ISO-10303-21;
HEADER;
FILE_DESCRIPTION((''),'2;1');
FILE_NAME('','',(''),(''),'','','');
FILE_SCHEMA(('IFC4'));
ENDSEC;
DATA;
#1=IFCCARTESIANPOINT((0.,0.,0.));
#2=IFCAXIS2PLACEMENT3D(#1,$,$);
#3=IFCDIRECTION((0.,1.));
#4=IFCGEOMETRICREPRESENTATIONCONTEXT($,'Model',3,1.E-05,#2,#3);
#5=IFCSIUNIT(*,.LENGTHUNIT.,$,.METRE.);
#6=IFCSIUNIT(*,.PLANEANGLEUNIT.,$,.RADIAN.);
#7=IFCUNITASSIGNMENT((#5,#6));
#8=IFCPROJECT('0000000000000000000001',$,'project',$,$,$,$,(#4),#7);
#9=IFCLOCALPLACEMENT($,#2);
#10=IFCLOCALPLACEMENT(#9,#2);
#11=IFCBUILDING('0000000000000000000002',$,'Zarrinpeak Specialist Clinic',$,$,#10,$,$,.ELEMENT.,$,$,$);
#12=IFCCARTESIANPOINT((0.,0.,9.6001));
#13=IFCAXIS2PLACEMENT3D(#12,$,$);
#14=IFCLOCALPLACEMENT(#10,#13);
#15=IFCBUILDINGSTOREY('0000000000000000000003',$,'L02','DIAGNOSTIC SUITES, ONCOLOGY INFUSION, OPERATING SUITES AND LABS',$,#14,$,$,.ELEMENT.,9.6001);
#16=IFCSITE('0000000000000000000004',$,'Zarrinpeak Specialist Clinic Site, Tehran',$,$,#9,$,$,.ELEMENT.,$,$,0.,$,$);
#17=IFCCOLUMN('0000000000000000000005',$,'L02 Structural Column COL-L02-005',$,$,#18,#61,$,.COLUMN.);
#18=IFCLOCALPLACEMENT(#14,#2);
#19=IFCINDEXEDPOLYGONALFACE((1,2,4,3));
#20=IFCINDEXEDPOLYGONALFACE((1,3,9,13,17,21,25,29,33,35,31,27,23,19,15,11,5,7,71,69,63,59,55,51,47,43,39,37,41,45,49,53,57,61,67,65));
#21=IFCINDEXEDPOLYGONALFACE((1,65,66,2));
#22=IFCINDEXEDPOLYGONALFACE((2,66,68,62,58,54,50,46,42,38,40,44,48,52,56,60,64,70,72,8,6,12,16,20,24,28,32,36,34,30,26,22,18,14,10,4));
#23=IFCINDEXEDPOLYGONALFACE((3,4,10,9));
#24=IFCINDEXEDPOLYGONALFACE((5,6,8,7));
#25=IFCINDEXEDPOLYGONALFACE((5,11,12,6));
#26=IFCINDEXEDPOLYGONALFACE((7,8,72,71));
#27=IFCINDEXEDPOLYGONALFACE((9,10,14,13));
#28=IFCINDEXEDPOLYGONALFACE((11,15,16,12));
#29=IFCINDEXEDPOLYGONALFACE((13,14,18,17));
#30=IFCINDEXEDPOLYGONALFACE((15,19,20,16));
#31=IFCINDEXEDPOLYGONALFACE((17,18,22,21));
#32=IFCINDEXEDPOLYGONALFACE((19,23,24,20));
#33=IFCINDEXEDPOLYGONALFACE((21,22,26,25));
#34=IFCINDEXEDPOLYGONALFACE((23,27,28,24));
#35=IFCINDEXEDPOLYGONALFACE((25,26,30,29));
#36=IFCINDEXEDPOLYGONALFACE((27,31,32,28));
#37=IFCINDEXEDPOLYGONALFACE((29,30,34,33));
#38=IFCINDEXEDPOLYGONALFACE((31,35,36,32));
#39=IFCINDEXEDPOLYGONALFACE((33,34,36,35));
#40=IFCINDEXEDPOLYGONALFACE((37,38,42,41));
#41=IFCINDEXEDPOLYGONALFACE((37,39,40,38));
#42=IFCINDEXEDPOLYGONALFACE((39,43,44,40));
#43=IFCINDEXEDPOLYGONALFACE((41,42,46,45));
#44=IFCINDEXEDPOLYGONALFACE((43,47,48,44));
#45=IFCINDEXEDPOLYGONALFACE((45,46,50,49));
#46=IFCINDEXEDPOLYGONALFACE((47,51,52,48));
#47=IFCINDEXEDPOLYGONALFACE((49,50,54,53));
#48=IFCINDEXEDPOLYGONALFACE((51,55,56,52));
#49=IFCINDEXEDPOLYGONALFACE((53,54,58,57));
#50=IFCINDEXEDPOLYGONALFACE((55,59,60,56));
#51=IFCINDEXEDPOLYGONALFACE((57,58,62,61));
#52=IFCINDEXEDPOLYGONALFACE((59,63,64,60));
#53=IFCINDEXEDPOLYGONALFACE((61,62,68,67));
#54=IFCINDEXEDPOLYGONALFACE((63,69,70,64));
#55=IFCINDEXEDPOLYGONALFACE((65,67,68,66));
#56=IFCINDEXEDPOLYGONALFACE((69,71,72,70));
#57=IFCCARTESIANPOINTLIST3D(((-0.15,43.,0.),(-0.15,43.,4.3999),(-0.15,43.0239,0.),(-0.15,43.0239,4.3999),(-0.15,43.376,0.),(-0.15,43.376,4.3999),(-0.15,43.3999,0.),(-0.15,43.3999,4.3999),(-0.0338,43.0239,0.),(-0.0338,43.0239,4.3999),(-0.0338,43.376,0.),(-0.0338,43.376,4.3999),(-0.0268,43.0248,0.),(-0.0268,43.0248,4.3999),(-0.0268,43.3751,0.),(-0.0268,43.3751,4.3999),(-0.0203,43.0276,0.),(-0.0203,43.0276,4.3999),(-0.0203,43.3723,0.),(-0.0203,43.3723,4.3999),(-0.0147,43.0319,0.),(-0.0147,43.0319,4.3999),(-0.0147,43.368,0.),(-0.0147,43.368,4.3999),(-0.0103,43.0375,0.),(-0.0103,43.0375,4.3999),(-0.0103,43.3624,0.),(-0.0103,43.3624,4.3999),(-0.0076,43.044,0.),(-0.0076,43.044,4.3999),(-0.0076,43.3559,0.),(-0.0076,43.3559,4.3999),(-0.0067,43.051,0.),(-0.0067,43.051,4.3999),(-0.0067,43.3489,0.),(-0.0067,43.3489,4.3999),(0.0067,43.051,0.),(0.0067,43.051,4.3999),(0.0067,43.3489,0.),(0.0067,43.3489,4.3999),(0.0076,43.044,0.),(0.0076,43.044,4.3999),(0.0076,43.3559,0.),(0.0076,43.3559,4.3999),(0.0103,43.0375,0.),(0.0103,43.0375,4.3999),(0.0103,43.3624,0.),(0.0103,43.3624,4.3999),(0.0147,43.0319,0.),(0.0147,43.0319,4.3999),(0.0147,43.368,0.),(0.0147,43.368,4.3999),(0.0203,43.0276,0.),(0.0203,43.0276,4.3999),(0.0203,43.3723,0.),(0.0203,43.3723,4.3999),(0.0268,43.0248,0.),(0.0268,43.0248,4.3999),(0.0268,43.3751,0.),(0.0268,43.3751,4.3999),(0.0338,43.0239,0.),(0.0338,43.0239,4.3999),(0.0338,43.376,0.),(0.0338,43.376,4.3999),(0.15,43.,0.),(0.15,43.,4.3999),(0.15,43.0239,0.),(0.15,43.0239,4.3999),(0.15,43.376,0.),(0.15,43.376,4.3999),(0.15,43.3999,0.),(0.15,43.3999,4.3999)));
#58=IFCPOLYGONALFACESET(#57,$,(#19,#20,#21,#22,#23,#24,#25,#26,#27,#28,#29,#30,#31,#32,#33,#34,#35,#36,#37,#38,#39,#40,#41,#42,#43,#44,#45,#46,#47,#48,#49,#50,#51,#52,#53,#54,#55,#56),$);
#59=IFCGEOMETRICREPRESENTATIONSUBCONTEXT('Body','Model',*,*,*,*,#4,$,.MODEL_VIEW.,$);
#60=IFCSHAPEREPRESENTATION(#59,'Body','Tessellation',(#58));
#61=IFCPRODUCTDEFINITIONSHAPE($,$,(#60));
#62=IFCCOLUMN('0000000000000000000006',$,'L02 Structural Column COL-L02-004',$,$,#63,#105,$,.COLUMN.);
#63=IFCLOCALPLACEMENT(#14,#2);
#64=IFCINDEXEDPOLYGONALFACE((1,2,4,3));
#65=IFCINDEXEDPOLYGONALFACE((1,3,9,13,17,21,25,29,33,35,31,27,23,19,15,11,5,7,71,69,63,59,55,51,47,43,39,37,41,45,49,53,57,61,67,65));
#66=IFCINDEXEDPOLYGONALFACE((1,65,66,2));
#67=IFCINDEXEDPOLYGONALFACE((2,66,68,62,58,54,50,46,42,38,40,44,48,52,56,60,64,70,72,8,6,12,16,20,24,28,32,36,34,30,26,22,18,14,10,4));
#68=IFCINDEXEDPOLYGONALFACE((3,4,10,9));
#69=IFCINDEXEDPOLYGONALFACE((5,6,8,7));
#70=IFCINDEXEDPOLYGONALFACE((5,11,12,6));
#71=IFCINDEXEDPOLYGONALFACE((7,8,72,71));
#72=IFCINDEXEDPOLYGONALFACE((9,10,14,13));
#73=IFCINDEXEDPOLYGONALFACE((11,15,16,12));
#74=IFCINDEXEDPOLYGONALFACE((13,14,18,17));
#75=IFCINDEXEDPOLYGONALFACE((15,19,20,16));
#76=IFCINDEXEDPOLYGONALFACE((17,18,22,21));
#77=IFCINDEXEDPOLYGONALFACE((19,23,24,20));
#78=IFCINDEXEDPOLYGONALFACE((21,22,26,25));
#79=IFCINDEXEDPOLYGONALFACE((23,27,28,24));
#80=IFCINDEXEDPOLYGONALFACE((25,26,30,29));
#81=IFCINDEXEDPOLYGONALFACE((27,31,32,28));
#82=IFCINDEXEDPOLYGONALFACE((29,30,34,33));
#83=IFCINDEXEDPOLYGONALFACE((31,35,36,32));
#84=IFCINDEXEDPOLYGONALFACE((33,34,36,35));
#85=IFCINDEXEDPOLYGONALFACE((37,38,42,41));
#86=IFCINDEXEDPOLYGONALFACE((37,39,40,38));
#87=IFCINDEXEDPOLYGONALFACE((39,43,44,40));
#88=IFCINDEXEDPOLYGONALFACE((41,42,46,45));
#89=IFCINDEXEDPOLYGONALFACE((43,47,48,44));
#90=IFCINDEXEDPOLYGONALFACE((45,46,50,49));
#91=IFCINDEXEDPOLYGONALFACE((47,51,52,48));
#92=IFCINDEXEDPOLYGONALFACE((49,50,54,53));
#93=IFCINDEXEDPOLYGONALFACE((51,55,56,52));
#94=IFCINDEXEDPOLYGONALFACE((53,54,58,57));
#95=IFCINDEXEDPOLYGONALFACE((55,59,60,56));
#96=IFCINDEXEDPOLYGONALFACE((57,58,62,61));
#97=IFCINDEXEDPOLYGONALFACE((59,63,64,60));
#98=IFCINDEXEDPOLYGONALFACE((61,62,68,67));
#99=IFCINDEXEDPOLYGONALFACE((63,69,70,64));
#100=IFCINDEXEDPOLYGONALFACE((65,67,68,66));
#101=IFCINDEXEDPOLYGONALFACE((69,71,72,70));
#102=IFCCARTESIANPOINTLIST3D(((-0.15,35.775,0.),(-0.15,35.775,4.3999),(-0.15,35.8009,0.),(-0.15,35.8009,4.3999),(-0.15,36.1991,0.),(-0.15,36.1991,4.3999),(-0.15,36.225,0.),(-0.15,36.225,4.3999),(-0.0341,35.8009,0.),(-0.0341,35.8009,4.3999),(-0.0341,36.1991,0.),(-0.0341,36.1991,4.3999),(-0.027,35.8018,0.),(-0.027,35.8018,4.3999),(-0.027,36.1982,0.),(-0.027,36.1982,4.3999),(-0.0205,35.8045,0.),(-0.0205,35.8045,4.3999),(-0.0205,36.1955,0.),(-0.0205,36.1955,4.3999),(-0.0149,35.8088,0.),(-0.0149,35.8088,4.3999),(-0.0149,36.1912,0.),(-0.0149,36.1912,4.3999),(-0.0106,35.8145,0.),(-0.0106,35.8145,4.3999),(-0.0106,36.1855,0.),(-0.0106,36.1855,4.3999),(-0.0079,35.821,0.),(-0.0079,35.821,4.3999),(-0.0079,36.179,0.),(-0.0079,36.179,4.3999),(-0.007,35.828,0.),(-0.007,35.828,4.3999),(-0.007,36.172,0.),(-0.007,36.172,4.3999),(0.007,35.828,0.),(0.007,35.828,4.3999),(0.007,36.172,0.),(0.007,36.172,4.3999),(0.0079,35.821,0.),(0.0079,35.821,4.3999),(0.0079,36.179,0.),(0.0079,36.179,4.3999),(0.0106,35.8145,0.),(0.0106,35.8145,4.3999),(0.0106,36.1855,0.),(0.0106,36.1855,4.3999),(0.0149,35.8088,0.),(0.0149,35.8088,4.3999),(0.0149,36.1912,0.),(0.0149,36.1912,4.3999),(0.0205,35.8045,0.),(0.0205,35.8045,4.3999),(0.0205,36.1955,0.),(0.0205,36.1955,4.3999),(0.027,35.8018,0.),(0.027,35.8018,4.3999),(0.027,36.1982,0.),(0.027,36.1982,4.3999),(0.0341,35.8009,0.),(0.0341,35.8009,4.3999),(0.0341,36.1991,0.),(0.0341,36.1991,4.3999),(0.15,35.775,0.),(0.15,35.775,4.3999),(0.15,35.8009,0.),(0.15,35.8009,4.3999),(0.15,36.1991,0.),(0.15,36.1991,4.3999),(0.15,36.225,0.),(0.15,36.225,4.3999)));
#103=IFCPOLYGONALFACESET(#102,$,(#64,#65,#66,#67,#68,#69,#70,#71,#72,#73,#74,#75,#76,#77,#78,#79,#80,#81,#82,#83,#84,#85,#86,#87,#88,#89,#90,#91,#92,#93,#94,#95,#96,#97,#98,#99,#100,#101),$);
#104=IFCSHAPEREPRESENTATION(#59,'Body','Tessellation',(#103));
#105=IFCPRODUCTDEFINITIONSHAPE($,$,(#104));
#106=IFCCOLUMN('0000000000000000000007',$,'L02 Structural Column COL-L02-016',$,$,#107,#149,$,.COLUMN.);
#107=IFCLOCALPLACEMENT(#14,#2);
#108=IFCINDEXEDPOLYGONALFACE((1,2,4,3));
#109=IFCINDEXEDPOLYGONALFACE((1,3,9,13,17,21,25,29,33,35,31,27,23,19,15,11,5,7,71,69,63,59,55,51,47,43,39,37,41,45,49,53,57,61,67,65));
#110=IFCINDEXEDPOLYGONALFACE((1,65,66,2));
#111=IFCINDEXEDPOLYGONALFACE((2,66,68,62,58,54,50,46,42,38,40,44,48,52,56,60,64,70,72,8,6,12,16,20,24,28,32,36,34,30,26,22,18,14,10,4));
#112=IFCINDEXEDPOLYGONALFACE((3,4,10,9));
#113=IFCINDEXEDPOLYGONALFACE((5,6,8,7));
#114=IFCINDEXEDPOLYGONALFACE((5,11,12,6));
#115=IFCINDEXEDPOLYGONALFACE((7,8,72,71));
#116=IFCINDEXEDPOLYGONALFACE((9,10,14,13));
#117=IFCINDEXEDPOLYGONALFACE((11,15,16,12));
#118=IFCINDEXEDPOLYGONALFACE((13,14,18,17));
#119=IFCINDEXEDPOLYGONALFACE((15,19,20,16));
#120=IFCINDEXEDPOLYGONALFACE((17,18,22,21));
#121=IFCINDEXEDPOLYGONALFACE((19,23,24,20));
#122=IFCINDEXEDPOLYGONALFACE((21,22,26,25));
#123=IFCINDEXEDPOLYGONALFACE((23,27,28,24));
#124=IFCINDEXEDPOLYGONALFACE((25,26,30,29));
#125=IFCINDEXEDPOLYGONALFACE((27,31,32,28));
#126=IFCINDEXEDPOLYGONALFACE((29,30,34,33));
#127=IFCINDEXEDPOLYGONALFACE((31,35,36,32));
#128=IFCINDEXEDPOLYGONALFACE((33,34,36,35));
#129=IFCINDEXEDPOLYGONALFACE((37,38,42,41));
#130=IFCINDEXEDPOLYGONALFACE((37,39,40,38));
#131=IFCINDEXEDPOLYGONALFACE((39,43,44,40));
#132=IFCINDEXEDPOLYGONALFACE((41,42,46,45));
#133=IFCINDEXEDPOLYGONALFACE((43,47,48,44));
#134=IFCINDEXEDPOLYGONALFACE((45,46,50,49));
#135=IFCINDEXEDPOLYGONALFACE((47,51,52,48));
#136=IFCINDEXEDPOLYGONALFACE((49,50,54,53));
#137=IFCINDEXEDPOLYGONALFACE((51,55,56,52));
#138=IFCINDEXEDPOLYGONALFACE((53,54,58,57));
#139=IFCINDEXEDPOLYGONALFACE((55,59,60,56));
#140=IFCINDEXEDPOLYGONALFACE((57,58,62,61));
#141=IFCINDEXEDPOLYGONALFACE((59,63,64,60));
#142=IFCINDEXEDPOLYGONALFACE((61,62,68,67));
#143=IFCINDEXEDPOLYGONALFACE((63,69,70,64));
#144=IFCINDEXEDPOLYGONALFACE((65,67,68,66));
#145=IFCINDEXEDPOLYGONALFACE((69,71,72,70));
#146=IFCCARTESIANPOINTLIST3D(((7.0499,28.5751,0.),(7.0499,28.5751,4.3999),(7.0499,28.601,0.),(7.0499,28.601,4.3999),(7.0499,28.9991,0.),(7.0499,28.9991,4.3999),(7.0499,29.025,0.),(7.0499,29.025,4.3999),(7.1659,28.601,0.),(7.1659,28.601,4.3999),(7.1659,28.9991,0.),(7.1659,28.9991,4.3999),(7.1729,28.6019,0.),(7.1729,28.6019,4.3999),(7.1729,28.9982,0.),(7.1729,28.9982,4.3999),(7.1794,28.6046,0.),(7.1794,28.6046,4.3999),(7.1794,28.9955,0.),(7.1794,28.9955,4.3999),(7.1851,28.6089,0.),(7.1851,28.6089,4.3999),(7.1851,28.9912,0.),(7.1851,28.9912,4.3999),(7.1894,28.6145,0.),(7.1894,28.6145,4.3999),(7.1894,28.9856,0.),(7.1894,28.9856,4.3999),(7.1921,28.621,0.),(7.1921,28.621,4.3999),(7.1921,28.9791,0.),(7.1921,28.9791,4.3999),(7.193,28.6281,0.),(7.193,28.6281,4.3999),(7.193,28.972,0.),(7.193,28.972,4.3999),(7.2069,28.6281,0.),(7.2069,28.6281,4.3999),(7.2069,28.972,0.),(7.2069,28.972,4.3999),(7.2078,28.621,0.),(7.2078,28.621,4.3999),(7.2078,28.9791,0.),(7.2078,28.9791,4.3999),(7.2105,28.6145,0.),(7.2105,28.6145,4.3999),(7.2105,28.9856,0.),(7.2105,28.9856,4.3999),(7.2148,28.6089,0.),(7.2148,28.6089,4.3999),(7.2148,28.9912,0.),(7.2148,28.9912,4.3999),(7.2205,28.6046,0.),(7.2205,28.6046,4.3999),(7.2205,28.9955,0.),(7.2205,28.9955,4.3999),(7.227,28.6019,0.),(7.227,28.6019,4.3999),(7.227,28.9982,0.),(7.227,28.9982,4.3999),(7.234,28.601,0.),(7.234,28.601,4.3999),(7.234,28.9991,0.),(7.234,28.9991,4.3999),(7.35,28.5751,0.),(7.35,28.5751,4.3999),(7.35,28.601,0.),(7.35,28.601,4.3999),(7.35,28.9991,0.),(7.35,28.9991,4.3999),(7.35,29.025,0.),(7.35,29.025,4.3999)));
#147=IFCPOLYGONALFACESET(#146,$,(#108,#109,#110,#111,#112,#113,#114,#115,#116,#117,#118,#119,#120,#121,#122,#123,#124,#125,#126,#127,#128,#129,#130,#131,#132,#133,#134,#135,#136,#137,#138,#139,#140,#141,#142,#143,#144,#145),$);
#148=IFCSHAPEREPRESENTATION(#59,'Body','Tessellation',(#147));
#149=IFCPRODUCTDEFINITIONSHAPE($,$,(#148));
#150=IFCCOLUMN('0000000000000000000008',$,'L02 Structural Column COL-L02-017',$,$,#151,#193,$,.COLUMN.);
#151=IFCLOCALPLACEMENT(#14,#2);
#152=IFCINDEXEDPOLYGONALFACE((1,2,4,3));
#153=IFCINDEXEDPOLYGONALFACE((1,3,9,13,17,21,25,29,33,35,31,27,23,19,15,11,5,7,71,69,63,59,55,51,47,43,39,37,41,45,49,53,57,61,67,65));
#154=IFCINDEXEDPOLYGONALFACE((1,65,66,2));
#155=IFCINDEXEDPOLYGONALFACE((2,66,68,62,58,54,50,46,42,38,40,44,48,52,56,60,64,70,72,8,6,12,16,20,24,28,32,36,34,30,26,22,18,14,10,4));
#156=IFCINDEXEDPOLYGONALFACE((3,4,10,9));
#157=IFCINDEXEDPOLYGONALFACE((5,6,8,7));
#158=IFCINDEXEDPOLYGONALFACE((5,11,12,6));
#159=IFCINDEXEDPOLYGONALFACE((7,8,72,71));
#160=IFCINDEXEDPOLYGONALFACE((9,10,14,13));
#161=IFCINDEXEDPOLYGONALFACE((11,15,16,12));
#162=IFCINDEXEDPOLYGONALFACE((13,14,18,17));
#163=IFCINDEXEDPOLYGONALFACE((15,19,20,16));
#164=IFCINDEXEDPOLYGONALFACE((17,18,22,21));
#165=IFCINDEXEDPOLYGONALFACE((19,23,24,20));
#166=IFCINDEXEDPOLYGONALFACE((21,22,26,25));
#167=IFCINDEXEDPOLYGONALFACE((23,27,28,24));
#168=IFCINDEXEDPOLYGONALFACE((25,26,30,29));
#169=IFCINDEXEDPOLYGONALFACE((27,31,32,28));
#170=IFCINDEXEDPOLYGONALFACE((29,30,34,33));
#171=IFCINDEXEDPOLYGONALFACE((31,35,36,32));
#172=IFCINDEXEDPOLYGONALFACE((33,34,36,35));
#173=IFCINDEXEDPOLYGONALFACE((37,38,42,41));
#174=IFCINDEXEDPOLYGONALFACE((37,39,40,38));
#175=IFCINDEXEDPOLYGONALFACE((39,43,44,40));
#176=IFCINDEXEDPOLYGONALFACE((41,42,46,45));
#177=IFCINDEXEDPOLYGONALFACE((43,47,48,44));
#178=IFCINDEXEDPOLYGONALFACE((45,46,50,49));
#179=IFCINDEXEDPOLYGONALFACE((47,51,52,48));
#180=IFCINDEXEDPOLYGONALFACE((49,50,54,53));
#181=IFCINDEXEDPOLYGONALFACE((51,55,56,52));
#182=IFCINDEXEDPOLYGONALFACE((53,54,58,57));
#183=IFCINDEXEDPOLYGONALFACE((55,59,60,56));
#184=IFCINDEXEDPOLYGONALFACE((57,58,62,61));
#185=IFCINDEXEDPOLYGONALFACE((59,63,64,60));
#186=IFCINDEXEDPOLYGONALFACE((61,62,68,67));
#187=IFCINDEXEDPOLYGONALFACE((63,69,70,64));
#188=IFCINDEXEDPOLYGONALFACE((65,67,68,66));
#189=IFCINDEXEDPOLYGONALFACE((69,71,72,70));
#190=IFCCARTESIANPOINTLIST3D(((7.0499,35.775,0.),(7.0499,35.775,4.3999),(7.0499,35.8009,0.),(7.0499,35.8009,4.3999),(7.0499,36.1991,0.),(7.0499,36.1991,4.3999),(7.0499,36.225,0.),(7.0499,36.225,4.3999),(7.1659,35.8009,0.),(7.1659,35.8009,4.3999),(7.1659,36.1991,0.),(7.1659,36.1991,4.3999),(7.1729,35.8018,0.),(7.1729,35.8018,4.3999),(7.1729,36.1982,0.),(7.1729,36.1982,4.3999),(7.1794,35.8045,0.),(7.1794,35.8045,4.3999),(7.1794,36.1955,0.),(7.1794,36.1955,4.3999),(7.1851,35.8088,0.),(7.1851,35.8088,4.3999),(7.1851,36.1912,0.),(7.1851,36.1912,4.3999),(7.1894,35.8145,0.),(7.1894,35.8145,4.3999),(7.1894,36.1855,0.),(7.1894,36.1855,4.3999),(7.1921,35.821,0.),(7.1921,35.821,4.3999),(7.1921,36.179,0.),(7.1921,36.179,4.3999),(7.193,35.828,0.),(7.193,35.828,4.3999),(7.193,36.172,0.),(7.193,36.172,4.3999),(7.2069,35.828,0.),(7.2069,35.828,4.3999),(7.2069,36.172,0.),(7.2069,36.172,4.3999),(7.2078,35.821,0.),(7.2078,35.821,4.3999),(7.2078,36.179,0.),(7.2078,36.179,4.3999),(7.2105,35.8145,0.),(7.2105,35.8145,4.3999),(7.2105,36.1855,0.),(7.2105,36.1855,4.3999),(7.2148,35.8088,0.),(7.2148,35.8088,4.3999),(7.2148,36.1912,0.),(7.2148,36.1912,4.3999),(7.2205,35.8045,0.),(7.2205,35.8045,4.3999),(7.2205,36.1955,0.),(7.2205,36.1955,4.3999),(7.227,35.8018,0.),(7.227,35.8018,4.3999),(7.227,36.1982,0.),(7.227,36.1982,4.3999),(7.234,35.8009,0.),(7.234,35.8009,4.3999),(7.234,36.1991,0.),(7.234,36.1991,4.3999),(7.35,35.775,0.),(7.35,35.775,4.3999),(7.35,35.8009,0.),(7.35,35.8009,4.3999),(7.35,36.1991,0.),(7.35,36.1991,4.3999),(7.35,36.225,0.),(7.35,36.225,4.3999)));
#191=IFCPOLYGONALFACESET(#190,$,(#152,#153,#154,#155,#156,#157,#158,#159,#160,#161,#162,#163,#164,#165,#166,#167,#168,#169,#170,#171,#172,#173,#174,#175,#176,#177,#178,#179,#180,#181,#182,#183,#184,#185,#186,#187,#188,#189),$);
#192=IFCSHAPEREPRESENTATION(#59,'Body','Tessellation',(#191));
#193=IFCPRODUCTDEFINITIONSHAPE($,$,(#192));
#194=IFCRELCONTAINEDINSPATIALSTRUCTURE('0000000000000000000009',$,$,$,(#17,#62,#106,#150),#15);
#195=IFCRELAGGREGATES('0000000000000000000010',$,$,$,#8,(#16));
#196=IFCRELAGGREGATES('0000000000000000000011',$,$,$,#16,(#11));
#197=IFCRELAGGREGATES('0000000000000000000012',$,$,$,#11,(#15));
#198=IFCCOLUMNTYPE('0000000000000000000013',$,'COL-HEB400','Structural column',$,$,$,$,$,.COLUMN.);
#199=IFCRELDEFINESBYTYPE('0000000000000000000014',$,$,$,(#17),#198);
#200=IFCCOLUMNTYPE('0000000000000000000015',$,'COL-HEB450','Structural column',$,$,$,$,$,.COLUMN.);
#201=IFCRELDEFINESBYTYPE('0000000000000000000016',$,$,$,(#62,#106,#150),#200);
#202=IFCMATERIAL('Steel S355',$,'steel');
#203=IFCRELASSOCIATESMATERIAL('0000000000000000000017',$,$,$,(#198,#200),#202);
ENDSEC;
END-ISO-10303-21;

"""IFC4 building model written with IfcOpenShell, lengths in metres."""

from ifc_helpers import new_model, si_unit, direction, frame, origin, origin_2d, place, context, subcontext, project, spatial, i_section, extrude, material, material_profile, profile_set, type_object, element, save


model = new_model("IFC4")

# Units and contexts
model_context = context("Model", 3, precision=1e-05, world=origin(), true_north=direction((0.0, 1.0)))
body_context = subcontext(model_context, "Body", "Model", "MODEL_VIEW")
ifc_project = project(units=[si_unit("LENGTHUNIT", "METRE"), si_unit("PLANEANGLEUNIT", "RADIAN")], contexts=[model_context])

# Site, building, storey
site_placement = place(None, origin())
site = spatial("IfcSite", under=ifc_project, at=site_placement, Name="Zarrinpeak Specialist Clinic Site, Tehran", CompositionType="ELEMENT", RefElevation=0.0)
building_placement = place(site_placement, origin())
building = spatial("IfcBuilding", under=site, at=building_placement, Name="Zarrinpeak Specialist Clinic", CompositionType="ELEMENT")
storey_placement = place(building_placement, frame((0.0, 0.0, 9.6001)))
storey = spatial("IfcBuildingStorey", under=building, at=storey_placement, Name="L02", Description="DIAGNOSTIC SUITES, ONCOLOGY INFUSION, OPERATING SUITES AND LABS", CompositionType="ELEMENT", Elevation=9.6001)

# Columns
ifc_material_1 = material(Name="Steel S355", Category="steel")
ifc_material_profile_1 = material_profile(ifc_material_1, i_section(OverallWidth=0.3, OverallDepth=0.3999, WebThickness=0.0134, FlangeThickness=0.0239, FilletRadius=0.0271, at=origin_2d()), Name="HEB 400")
ifc_profile_set_1 = profile_set([ifc_material_profile_1], Name="Steel S355")
column_type_1 = type_object("IfcColumnType", Name="COL-HEB400", Description="Structural column", PredefinedType="COLUMN", material=ifc_profile_set_1)
column_placement = place(storey_placement, frame((0.0, 43.2, 0.0), z_axis=(0.0, 0.0, 1.0), x_axis=(1.0, 0.0, 0.0)))
element("IfcColumn", 1, at=column_placement, inside=storey, type_object=column_type_1, Name="L02 Structural Column COL-L02-005", PredefinedType="COLUMN", context=body_context, shape_type="SweptSolid", body=[
    extrude(i_section(OverallWidth=0.3, OverallDepth=0.3999, WebThickness=0.0134, FlangeThickness=0.0239, FilletRadius=0.0271, at=origin_2d()), origin(), (0.0, 0.0, 1.0), 4.3999),
])
ifc_material_profile_2 = material_profile(ifc_material_1, i_section(OverallWidth=0.3, OverallDepth=0.45, WebThickness=0.0139, FlangeThickness=0.0259, FilletRadius=0.0271, at=origin_2d()), Name="HEB 450")
ifc_profile_set_2 = profile_set([ifc_material_profile_2], Name="Steel S355")
column_type_2 = type_object("IfcColumnType", Name="COL-HEB450", Description="Structural column", PredefinedType="COLUMN", material=ifc_profile_set_2)
for number, where, z_axis, x_axis, name in (
    (2, (0.0, 36.0, 0.0), (0.0, 0.0, 1.0), (1.0, 0.0, 0.0), "L02 Structural Column COL-L02-004"),
    (3, (7.2, 28.8, 0.0), (0.0, 0.0, 1.0), (1.0, 0.0, 0.0), "L02 Structural Column COL-L02-016"),
    (4, (7.2, 36.0, 0.0), (0.0, 0.0, 1.0), (1.0, 0.0, 0.0), "L02 Structural Column COL-L02-017"),
):
    element("IfcColumn", number, at=place(storey_placement, frame(where, z_axis=z_axis, x_axis=x_axis)), inside=storey, type_object=column_type_2, Name=name, PredefinedType="COLUMN", context=body_context, shape_type="SweptSolid", body=[
        extrude(i_section(OverallWidth=0.3, OverallDepth=0.45, WebThickness=0.0139, FlangeThickness=0.0259, FilletRadius=0.0271, at=origin_2d()), origin(), (0.0, 0.0, 1.0), 4.3999),
    ])

save(model, "model.ifc")
